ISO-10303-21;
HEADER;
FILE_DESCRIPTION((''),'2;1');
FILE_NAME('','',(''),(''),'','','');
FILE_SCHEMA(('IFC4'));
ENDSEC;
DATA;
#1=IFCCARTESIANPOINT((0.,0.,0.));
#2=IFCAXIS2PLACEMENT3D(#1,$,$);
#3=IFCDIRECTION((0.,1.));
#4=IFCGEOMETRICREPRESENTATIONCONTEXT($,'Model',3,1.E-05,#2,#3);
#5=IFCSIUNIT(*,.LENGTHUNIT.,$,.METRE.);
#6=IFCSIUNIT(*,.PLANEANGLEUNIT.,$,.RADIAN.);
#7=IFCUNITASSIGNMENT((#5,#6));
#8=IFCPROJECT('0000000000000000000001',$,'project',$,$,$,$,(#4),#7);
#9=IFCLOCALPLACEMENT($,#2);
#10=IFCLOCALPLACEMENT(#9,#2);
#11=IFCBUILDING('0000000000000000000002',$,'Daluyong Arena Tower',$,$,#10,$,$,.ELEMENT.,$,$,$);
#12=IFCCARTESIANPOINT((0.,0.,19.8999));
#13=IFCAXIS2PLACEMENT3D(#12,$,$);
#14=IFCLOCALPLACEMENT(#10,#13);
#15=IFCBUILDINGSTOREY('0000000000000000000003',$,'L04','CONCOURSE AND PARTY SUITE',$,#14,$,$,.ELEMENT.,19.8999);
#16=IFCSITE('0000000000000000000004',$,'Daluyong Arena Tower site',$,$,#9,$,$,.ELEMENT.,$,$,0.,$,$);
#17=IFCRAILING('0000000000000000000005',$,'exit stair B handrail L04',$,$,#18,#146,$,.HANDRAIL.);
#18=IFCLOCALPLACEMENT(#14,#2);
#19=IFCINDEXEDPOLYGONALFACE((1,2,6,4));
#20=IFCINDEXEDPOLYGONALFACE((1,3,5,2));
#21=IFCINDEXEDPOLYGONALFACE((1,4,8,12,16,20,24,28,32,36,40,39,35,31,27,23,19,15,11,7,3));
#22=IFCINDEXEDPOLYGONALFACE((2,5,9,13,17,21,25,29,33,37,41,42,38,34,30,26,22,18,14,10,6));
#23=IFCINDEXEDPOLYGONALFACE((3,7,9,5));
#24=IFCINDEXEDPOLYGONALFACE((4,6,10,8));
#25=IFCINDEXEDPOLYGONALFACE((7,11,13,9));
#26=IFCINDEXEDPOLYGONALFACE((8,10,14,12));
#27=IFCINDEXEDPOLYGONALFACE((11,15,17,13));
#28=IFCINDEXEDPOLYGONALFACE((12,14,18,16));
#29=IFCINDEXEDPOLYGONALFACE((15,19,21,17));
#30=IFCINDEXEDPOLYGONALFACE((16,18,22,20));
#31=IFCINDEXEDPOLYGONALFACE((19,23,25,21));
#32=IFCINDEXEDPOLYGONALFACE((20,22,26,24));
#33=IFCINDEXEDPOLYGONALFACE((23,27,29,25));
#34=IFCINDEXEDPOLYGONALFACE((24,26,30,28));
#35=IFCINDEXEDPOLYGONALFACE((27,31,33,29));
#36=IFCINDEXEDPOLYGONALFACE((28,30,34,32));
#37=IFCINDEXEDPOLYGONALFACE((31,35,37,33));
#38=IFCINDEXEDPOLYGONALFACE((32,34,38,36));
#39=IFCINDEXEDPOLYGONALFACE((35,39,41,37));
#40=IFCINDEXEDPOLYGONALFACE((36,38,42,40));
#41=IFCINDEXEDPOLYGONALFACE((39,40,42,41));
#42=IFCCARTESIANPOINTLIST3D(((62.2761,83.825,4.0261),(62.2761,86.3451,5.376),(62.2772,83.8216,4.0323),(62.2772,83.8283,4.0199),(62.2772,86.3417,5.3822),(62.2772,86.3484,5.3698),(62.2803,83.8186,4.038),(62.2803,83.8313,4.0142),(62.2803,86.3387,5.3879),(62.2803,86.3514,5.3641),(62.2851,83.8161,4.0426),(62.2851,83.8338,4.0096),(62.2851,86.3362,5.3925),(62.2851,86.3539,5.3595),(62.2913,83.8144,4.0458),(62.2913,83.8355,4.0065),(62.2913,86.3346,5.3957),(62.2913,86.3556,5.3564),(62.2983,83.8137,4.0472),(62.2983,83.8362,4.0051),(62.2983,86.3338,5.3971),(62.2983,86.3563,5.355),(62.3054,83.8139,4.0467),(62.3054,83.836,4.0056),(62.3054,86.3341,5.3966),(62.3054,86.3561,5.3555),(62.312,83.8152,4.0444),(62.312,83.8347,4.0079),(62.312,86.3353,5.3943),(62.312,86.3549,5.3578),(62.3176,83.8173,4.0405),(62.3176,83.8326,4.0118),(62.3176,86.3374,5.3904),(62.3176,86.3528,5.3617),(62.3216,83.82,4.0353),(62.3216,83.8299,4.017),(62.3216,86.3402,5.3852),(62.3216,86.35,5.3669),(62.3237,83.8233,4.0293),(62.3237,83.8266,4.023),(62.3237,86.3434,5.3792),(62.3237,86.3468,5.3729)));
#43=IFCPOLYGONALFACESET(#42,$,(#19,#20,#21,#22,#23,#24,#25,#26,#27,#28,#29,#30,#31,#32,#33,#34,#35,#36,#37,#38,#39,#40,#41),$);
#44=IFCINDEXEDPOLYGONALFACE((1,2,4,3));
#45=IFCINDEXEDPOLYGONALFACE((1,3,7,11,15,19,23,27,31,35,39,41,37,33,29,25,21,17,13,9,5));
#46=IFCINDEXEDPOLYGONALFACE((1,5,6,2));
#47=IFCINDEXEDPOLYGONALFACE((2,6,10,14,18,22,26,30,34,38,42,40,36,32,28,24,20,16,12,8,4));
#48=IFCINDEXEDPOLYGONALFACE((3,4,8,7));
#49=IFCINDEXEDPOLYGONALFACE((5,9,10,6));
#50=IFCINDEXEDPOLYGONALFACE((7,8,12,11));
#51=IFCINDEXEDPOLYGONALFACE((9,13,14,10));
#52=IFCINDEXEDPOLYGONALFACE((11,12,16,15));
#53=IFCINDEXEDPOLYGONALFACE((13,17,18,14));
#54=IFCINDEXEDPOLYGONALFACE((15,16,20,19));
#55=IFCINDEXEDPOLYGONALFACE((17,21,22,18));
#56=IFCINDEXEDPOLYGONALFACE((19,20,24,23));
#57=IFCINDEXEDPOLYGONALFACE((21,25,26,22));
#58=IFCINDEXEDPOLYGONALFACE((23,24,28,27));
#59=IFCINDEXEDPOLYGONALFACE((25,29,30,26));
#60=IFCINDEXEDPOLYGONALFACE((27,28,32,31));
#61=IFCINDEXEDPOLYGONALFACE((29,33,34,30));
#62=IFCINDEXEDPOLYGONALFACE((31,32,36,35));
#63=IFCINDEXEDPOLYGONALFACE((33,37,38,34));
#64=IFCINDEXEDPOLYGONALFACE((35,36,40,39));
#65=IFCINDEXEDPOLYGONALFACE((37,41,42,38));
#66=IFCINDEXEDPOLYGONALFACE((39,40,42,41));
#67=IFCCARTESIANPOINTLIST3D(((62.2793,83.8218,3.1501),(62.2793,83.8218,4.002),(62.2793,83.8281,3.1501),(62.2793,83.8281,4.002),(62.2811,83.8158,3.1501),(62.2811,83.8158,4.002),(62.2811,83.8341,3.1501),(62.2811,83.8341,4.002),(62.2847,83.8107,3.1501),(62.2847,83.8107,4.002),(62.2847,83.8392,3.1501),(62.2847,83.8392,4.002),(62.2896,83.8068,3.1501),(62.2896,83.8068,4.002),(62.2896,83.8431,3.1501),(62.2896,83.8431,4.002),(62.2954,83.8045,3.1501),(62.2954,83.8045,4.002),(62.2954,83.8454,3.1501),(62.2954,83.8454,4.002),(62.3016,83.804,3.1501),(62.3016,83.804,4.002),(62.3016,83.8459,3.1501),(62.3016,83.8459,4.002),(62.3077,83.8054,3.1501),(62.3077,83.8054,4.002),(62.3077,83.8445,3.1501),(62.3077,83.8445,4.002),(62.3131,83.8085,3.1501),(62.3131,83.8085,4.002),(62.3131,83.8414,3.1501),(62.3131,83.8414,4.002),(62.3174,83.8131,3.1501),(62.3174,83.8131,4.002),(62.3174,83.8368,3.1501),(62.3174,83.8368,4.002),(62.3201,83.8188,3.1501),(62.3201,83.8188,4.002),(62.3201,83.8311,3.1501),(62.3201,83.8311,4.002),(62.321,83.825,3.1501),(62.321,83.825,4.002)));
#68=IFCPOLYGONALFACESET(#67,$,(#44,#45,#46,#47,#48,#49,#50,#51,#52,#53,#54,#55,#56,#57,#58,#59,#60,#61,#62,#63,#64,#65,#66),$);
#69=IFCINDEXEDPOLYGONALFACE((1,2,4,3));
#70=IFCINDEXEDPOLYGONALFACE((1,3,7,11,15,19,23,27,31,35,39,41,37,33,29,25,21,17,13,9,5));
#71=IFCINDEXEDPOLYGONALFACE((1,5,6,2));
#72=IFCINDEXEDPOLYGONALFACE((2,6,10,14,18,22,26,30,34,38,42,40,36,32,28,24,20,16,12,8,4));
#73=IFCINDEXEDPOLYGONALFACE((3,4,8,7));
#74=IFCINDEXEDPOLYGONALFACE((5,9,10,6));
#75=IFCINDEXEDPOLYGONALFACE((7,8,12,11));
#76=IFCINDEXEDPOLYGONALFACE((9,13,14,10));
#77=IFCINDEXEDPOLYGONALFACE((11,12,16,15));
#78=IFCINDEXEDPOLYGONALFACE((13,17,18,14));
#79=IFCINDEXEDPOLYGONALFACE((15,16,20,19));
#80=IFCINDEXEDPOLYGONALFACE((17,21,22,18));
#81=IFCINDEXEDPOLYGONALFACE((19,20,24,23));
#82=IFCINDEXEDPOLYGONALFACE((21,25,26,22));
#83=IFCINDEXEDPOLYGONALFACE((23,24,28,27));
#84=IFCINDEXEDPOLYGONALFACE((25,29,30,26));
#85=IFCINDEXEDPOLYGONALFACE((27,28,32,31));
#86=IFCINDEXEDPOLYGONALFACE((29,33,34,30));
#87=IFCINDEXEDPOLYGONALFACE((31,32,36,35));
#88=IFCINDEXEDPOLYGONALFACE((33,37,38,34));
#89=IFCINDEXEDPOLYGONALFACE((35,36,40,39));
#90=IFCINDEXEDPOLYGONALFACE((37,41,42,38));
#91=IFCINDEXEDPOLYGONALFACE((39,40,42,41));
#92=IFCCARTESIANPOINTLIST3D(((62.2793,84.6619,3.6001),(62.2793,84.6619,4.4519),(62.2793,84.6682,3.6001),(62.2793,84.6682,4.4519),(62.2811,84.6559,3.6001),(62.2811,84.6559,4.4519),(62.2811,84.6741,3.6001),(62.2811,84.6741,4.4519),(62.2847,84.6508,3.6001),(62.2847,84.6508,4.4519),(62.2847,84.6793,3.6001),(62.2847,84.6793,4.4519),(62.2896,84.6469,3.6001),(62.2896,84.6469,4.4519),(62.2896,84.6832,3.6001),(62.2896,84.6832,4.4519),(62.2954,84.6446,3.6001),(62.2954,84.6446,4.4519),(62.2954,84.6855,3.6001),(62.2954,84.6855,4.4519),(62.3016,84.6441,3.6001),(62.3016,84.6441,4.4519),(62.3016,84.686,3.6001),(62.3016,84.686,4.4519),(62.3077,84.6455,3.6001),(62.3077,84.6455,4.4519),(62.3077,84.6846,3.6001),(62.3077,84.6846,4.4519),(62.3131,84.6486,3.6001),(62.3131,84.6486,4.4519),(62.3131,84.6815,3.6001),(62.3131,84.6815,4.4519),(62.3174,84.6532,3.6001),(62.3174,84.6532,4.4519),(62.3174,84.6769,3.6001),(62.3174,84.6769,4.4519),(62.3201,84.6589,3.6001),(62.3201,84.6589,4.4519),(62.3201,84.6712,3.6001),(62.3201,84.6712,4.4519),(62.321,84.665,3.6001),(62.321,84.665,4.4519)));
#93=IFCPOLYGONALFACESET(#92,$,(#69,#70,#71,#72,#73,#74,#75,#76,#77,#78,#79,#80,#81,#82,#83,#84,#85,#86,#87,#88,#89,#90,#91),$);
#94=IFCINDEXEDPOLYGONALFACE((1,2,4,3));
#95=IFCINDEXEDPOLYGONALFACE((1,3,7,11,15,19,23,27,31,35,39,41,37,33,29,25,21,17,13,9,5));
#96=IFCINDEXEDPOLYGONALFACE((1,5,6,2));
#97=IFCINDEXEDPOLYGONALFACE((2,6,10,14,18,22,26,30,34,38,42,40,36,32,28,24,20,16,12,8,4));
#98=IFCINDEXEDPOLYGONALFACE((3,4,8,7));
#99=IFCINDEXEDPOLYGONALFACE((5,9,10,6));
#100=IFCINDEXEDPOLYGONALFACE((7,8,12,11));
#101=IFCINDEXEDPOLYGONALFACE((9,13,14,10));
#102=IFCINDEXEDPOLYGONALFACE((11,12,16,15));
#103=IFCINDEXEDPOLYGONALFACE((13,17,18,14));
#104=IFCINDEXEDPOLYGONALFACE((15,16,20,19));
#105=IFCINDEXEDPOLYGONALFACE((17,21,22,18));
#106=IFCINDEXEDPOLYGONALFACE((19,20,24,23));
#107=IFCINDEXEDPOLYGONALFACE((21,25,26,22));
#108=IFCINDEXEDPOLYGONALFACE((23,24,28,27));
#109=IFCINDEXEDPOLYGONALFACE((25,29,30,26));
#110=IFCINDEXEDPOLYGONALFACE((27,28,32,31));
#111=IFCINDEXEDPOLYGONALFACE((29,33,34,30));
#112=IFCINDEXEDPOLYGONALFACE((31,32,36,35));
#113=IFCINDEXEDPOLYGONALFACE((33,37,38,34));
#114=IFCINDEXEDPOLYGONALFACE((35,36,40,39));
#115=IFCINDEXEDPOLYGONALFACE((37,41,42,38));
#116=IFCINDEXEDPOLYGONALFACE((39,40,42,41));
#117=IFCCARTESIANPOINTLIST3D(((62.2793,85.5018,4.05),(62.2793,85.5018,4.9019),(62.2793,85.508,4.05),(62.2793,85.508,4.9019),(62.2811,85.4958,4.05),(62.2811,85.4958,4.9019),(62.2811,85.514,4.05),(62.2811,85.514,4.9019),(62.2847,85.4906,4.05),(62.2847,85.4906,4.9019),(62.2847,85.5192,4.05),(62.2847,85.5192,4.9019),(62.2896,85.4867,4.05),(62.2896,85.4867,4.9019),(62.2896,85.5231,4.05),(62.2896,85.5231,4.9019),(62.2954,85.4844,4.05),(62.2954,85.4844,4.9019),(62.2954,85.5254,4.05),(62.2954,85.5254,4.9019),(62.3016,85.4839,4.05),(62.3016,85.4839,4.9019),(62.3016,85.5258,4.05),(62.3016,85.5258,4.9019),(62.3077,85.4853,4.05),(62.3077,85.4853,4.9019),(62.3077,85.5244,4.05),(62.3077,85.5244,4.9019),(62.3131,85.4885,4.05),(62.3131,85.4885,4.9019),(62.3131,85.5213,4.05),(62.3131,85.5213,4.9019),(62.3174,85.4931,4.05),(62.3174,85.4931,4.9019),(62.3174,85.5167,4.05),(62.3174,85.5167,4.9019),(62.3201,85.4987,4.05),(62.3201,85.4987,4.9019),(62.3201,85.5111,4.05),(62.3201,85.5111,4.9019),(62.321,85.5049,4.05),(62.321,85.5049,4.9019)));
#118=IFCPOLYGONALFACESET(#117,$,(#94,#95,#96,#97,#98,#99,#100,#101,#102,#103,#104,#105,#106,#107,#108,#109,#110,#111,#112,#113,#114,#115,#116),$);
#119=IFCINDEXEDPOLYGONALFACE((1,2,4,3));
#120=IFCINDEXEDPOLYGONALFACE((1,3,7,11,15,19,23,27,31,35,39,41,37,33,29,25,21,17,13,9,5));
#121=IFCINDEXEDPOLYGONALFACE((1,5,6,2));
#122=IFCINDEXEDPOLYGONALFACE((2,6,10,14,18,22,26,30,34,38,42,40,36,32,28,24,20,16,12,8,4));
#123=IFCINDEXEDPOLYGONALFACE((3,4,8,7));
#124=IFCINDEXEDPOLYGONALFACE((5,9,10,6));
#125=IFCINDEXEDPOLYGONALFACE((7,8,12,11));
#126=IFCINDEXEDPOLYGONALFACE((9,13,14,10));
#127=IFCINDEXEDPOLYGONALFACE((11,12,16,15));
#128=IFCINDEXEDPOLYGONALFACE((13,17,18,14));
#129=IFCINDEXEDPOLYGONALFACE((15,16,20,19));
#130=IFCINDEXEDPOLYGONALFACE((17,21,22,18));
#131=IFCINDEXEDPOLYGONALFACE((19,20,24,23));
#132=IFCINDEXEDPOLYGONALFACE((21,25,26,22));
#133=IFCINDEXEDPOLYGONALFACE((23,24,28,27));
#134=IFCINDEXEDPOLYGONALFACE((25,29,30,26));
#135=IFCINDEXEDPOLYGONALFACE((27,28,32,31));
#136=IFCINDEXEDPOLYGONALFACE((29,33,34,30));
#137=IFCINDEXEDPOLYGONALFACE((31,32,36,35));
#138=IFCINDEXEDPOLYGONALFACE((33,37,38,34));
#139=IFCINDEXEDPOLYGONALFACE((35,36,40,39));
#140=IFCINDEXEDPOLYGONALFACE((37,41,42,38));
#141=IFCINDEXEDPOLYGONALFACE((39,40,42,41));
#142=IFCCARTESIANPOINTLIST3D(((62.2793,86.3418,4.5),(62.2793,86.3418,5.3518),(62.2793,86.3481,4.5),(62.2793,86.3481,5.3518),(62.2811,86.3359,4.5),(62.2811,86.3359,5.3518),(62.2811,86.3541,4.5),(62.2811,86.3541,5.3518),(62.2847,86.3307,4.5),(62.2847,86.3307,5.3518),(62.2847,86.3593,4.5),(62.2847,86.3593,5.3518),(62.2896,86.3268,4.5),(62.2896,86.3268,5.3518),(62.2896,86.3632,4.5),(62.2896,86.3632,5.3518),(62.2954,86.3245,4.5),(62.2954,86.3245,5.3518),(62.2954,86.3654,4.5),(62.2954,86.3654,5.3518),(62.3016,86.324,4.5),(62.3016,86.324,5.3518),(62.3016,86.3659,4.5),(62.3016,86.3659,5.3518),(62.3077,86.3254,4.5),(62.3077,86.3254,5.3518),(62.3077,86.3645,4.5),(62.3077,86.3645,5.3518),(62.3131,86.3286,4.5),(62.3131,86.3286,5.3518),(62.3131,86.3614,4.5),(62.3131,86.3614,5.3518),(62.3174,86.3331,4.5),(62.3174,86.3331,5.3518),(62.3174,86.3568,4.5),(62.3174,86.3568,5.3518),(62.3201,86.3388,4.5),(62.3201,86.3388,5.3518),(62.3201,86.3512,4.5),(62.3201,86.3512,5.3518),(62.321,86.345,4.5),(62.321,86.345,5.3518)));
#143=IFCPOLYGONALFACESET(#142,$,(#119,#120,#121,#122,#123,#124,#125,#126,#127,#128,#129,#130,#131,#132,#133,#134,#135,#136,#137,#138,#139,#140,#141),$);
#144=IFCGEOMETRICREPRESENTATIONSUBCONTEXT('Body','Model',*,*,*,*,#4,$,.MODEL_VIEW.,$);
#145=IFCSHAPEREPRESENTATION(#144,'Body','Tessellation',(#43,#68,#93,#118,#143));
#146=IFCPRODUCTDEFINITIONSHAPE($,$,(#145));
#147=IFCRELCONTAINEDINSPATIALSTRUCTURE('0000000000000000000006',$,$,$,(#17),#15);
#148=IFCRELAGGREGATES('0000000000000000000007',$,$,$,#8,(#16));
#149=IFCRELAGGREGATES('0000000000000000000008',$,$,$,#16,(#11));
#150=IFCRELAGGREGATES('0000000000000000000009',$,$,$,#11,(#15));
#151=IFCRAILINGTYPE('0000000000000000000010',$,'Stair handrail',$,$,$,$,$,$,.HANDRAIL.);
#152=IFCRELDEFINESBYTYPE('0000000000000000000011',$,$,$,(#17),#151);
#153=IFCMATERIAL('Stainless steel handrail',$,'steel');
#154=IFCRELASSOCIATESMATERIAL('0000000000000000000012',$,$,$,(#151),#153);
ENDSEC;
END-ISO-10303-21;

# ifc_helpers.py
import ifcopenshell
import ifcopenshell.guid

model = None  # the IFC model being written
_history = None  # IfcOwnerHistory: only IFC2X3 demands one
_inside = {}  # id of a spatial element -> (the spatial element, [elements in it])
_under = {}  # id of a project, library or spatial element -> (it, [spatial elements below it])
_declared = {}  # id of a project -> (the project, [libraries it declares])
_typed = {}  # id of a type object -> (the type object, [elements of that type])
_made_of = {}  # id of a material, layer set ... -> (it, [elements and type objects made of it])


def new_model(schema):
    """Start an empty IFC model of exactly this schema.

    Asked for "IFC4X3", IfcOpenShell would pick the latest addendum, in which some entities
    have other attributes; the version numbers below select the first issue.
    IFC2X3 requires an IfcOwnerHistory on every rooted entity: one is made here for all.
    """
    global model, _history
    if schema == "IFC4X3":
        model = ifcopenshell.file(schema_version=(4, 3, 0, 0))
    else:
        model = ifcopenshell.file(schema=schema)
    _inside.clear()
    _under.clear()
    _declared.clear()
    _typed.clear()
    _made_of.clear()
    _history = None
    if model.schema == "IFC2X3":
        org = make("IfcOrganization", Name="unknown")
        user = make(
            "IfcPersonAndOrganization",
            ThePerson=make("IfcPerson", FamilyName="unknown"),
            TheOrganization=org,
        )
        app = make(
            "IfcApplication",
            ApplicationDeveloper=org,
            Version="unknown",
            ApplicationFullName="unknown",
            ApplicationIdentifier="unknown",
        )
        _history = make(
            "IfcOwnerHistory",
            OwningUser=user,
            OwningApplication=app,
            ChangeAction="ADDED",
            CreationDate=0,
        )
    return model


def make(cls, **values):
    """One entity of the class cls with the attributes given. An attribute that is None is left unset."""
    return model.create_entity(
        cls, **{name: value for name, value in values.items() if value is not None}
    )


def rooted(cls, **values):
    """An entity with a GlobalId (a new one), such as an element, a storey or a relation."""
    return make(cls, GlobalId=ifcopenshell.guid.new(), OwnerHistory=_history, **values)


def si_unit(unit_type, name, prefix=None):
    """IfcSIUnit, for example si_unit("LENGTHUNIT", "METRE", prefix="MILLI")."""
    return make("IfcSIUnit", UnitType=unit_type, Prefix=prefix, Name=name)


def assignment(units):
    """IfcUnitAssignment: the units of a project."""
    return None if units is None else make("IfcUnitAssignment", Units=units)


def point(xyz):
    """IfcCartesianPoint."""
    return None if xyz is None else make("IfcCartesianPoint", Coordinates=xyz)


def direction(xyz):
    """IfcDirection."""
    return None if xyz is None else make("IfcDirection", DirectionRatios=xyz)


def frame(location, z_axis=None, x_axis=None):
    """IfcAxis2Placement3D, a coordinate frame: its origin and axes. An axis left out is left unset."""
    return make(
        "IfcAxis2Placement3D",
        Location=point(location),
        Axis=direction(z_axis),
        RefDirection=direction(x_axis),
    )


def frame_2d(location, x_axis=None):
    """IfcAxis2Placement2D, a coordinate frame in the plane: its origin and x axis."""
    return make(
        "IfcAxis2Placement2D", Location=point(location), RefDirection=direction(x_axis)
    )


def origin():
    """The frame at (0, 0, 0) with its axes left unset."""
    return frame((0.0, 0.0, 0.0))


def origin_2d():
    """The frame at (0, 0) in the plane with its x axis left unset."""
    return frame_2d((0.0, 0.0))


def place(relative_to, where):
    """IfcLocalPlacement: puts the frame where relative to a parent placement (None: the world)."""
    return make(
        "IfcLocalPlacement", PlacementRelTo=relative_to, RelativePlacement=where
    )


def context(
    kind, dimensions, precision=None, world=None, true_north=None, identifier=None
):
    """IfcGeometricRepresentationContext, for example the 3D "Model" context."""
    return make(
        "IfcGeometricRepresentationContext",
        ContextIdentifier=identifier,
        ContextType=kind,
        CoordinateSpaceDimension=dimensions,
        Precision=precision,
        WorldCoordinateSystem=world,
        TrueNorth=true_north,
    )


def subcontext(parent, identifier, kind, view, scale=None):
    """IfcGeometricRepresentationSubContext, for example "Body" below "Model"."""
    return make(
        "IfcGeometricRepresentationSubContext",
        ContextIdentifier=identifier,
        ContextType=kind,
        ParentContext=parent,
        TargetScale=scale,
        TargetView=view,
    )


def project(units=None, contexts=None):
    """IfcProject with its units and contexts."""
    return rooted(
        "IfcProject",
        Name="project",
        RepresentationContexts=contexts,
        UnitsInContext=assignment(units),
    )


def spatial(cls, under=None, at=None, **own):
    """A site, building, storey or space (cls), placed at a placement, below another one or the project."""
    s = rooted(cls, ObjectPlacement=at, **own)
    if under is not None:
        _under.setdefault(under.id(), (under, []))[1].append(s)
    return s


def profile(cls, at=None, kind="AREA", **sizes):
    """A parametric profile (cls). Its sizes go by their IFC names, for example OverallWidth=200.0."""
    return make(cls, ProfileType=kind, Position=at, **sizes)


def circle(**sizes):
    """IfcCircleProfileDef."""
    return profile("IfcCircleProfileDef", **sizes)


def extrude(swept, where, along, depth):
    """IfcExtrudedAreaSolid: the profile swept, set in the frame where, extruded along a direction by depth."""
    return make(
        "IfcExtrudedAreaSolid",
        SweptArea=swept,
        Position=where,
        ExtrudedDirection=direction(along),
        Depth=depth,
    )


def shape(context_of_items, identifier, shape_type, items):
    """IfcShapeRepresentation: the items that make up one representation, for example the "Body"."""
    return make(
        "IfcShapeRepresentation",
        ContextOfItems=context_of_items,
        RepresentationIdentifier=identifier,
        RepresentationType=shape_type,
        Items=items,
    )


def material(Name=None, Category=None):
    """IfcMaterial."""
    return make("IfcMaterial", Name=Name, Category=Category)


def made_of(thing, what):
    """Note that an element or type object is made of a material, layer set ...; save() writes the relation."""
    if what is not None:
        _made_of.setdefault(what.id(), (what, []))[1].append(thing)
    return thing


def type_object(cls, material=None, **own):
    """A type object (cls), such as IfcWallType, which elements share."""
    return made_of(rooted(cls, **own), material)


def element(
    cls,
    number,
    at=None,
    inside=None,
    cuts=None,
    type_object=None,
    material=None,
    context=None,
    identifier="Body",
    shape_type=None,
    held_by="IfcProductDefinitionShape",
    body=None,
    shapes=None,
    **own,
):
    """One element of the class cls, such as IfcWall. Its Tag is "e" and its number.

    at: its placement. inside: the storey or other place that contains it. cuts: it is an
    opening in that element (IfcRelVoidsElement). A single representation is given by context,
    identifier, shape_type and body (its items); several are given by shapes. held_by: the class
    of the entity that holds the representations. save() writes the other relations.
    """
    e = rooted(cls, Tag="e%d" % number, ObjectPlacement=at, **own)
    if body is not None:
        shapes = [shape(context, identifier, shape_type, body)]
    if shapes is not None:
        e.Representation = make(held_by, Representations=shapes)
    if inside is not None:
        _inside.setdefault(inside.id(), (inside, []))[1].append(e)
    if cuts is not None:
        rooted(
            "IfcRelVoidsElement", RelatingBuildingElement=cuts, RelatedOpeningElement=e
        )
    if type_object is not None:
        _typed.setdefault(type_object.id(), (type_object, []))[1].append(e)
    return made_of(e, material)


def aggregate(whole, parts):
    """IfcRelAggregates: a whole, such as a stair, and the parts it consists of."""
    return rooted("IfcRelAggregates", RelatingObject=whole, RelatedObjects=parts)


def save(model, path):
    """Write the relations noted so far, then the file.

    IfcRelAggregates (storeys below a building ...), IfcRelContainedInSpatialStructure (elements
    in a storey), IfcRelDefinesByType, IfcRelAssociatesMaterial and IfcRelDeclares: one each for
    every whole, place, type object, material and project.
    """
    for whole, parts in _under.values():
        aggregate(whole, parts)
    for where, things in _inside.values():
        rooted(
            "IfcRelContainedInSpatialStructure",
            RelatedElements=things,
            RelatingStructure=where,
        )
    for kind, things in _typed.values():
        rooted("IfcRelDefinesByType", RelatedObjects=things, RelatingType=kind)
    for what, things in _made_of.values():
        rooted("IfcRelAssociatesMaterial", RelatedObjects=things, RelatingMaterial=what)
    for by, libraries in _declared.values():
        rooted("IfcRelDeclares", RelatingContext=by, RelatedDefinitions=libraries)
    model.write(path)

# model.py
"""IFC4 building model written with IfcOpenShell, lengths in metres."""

from ifc_helpers import new_model, si_unit, direction, frame, origin, origin_2d, place, context, subcontext, project, spatial, circle, extrude, material, type_object, element, save


model = new_model("IFC4")

# Units and contexts
model_context = context("Model", 3, precision=1e-05, world=origin(), true_north=direction((0.0, 1.0)))
body_context = subcontext(model_context, "Body", "Model", "MODEL_VIEW")
ifc_project = project(units=[si_unit("LENGTHUNIT", "METRE"), si_unit("PLANEANGLEUNIT", "RADIAN")], contexts=[model_context])

# Site, building, storey
site_placement = place(None, origin())
site = spatial("IfcSite", under=ifc_project, at=site_placement, Name="Daluyong Arena Tower site", CompositionType="ELEMENT", RefElevation=0.0)
building_placement = place(site_placement, origin())
building = spatial("IfcBuilding", under=site, at=building_placement, Name="Daluyong Arena Tower", CompositionType="ELEMENT")
storey_placement = place(building_placement, frame((0.0, 0.0, 19.8999)))
storey = spatial("IfcBuildingStorey", under=building, at=storey_placement, Name="L04", Description="CONCOURSE AND PARTY SUITE", CompositionType="ELEMENT", Elevation=19.8999)

# Railing
ifc_material_1 = material(Name="Stainless steel handrail", Category="steel")
railing_type_1 = type_object("IfcRailingType", Name="Stair handrail", PredefinedType="HANDRAIL", material=ifc_material_1)
railing_1_placement = place(storey_placement, frame((62.3, 83.825, 3.1501)))
element("IfcRailing", 1, at=railing_1_placement, inside=storey, type_object=railing_type_1, Name="exit stair B handrail L04", PredefinedType="HANDRAIL", context=body_context, shape_type="SweptSolid", body=[
    extrude(circle(Radius=0.0239, at=origin_2d()), frame((0.0, 0.0, 0.876), z_axis=(0.0, 0.881503, 0.472179), x_axis=(-1.0, 0.0, 0.0)), (0.0, 0.0, 1.0), 2.8589),
    extrude(circle(Radius=0.021, at=origin_2d()), origin(), (0.0, 0.0, 1.0), 0.8518),
    extrude(circle(Radius=0.021, at=origin_2d()), frame((0.0, 0.8401, 0.45)), (0.0, 0.0, 1.0), 0.8518),
    extrude(circle(Radius=0.021, at=origin_2d()), frame((0.0, 1.6799, 0.8999)), (0.0, 0.0, 1.0), 0.8518),
    extrude(circle(Radius=0.021, at=origin_2d()), frame((0.0, 2.52, 1.3499)), (0.0, 0.0, 1.0), 0.8518),
])

save(model, "model.ifc")
